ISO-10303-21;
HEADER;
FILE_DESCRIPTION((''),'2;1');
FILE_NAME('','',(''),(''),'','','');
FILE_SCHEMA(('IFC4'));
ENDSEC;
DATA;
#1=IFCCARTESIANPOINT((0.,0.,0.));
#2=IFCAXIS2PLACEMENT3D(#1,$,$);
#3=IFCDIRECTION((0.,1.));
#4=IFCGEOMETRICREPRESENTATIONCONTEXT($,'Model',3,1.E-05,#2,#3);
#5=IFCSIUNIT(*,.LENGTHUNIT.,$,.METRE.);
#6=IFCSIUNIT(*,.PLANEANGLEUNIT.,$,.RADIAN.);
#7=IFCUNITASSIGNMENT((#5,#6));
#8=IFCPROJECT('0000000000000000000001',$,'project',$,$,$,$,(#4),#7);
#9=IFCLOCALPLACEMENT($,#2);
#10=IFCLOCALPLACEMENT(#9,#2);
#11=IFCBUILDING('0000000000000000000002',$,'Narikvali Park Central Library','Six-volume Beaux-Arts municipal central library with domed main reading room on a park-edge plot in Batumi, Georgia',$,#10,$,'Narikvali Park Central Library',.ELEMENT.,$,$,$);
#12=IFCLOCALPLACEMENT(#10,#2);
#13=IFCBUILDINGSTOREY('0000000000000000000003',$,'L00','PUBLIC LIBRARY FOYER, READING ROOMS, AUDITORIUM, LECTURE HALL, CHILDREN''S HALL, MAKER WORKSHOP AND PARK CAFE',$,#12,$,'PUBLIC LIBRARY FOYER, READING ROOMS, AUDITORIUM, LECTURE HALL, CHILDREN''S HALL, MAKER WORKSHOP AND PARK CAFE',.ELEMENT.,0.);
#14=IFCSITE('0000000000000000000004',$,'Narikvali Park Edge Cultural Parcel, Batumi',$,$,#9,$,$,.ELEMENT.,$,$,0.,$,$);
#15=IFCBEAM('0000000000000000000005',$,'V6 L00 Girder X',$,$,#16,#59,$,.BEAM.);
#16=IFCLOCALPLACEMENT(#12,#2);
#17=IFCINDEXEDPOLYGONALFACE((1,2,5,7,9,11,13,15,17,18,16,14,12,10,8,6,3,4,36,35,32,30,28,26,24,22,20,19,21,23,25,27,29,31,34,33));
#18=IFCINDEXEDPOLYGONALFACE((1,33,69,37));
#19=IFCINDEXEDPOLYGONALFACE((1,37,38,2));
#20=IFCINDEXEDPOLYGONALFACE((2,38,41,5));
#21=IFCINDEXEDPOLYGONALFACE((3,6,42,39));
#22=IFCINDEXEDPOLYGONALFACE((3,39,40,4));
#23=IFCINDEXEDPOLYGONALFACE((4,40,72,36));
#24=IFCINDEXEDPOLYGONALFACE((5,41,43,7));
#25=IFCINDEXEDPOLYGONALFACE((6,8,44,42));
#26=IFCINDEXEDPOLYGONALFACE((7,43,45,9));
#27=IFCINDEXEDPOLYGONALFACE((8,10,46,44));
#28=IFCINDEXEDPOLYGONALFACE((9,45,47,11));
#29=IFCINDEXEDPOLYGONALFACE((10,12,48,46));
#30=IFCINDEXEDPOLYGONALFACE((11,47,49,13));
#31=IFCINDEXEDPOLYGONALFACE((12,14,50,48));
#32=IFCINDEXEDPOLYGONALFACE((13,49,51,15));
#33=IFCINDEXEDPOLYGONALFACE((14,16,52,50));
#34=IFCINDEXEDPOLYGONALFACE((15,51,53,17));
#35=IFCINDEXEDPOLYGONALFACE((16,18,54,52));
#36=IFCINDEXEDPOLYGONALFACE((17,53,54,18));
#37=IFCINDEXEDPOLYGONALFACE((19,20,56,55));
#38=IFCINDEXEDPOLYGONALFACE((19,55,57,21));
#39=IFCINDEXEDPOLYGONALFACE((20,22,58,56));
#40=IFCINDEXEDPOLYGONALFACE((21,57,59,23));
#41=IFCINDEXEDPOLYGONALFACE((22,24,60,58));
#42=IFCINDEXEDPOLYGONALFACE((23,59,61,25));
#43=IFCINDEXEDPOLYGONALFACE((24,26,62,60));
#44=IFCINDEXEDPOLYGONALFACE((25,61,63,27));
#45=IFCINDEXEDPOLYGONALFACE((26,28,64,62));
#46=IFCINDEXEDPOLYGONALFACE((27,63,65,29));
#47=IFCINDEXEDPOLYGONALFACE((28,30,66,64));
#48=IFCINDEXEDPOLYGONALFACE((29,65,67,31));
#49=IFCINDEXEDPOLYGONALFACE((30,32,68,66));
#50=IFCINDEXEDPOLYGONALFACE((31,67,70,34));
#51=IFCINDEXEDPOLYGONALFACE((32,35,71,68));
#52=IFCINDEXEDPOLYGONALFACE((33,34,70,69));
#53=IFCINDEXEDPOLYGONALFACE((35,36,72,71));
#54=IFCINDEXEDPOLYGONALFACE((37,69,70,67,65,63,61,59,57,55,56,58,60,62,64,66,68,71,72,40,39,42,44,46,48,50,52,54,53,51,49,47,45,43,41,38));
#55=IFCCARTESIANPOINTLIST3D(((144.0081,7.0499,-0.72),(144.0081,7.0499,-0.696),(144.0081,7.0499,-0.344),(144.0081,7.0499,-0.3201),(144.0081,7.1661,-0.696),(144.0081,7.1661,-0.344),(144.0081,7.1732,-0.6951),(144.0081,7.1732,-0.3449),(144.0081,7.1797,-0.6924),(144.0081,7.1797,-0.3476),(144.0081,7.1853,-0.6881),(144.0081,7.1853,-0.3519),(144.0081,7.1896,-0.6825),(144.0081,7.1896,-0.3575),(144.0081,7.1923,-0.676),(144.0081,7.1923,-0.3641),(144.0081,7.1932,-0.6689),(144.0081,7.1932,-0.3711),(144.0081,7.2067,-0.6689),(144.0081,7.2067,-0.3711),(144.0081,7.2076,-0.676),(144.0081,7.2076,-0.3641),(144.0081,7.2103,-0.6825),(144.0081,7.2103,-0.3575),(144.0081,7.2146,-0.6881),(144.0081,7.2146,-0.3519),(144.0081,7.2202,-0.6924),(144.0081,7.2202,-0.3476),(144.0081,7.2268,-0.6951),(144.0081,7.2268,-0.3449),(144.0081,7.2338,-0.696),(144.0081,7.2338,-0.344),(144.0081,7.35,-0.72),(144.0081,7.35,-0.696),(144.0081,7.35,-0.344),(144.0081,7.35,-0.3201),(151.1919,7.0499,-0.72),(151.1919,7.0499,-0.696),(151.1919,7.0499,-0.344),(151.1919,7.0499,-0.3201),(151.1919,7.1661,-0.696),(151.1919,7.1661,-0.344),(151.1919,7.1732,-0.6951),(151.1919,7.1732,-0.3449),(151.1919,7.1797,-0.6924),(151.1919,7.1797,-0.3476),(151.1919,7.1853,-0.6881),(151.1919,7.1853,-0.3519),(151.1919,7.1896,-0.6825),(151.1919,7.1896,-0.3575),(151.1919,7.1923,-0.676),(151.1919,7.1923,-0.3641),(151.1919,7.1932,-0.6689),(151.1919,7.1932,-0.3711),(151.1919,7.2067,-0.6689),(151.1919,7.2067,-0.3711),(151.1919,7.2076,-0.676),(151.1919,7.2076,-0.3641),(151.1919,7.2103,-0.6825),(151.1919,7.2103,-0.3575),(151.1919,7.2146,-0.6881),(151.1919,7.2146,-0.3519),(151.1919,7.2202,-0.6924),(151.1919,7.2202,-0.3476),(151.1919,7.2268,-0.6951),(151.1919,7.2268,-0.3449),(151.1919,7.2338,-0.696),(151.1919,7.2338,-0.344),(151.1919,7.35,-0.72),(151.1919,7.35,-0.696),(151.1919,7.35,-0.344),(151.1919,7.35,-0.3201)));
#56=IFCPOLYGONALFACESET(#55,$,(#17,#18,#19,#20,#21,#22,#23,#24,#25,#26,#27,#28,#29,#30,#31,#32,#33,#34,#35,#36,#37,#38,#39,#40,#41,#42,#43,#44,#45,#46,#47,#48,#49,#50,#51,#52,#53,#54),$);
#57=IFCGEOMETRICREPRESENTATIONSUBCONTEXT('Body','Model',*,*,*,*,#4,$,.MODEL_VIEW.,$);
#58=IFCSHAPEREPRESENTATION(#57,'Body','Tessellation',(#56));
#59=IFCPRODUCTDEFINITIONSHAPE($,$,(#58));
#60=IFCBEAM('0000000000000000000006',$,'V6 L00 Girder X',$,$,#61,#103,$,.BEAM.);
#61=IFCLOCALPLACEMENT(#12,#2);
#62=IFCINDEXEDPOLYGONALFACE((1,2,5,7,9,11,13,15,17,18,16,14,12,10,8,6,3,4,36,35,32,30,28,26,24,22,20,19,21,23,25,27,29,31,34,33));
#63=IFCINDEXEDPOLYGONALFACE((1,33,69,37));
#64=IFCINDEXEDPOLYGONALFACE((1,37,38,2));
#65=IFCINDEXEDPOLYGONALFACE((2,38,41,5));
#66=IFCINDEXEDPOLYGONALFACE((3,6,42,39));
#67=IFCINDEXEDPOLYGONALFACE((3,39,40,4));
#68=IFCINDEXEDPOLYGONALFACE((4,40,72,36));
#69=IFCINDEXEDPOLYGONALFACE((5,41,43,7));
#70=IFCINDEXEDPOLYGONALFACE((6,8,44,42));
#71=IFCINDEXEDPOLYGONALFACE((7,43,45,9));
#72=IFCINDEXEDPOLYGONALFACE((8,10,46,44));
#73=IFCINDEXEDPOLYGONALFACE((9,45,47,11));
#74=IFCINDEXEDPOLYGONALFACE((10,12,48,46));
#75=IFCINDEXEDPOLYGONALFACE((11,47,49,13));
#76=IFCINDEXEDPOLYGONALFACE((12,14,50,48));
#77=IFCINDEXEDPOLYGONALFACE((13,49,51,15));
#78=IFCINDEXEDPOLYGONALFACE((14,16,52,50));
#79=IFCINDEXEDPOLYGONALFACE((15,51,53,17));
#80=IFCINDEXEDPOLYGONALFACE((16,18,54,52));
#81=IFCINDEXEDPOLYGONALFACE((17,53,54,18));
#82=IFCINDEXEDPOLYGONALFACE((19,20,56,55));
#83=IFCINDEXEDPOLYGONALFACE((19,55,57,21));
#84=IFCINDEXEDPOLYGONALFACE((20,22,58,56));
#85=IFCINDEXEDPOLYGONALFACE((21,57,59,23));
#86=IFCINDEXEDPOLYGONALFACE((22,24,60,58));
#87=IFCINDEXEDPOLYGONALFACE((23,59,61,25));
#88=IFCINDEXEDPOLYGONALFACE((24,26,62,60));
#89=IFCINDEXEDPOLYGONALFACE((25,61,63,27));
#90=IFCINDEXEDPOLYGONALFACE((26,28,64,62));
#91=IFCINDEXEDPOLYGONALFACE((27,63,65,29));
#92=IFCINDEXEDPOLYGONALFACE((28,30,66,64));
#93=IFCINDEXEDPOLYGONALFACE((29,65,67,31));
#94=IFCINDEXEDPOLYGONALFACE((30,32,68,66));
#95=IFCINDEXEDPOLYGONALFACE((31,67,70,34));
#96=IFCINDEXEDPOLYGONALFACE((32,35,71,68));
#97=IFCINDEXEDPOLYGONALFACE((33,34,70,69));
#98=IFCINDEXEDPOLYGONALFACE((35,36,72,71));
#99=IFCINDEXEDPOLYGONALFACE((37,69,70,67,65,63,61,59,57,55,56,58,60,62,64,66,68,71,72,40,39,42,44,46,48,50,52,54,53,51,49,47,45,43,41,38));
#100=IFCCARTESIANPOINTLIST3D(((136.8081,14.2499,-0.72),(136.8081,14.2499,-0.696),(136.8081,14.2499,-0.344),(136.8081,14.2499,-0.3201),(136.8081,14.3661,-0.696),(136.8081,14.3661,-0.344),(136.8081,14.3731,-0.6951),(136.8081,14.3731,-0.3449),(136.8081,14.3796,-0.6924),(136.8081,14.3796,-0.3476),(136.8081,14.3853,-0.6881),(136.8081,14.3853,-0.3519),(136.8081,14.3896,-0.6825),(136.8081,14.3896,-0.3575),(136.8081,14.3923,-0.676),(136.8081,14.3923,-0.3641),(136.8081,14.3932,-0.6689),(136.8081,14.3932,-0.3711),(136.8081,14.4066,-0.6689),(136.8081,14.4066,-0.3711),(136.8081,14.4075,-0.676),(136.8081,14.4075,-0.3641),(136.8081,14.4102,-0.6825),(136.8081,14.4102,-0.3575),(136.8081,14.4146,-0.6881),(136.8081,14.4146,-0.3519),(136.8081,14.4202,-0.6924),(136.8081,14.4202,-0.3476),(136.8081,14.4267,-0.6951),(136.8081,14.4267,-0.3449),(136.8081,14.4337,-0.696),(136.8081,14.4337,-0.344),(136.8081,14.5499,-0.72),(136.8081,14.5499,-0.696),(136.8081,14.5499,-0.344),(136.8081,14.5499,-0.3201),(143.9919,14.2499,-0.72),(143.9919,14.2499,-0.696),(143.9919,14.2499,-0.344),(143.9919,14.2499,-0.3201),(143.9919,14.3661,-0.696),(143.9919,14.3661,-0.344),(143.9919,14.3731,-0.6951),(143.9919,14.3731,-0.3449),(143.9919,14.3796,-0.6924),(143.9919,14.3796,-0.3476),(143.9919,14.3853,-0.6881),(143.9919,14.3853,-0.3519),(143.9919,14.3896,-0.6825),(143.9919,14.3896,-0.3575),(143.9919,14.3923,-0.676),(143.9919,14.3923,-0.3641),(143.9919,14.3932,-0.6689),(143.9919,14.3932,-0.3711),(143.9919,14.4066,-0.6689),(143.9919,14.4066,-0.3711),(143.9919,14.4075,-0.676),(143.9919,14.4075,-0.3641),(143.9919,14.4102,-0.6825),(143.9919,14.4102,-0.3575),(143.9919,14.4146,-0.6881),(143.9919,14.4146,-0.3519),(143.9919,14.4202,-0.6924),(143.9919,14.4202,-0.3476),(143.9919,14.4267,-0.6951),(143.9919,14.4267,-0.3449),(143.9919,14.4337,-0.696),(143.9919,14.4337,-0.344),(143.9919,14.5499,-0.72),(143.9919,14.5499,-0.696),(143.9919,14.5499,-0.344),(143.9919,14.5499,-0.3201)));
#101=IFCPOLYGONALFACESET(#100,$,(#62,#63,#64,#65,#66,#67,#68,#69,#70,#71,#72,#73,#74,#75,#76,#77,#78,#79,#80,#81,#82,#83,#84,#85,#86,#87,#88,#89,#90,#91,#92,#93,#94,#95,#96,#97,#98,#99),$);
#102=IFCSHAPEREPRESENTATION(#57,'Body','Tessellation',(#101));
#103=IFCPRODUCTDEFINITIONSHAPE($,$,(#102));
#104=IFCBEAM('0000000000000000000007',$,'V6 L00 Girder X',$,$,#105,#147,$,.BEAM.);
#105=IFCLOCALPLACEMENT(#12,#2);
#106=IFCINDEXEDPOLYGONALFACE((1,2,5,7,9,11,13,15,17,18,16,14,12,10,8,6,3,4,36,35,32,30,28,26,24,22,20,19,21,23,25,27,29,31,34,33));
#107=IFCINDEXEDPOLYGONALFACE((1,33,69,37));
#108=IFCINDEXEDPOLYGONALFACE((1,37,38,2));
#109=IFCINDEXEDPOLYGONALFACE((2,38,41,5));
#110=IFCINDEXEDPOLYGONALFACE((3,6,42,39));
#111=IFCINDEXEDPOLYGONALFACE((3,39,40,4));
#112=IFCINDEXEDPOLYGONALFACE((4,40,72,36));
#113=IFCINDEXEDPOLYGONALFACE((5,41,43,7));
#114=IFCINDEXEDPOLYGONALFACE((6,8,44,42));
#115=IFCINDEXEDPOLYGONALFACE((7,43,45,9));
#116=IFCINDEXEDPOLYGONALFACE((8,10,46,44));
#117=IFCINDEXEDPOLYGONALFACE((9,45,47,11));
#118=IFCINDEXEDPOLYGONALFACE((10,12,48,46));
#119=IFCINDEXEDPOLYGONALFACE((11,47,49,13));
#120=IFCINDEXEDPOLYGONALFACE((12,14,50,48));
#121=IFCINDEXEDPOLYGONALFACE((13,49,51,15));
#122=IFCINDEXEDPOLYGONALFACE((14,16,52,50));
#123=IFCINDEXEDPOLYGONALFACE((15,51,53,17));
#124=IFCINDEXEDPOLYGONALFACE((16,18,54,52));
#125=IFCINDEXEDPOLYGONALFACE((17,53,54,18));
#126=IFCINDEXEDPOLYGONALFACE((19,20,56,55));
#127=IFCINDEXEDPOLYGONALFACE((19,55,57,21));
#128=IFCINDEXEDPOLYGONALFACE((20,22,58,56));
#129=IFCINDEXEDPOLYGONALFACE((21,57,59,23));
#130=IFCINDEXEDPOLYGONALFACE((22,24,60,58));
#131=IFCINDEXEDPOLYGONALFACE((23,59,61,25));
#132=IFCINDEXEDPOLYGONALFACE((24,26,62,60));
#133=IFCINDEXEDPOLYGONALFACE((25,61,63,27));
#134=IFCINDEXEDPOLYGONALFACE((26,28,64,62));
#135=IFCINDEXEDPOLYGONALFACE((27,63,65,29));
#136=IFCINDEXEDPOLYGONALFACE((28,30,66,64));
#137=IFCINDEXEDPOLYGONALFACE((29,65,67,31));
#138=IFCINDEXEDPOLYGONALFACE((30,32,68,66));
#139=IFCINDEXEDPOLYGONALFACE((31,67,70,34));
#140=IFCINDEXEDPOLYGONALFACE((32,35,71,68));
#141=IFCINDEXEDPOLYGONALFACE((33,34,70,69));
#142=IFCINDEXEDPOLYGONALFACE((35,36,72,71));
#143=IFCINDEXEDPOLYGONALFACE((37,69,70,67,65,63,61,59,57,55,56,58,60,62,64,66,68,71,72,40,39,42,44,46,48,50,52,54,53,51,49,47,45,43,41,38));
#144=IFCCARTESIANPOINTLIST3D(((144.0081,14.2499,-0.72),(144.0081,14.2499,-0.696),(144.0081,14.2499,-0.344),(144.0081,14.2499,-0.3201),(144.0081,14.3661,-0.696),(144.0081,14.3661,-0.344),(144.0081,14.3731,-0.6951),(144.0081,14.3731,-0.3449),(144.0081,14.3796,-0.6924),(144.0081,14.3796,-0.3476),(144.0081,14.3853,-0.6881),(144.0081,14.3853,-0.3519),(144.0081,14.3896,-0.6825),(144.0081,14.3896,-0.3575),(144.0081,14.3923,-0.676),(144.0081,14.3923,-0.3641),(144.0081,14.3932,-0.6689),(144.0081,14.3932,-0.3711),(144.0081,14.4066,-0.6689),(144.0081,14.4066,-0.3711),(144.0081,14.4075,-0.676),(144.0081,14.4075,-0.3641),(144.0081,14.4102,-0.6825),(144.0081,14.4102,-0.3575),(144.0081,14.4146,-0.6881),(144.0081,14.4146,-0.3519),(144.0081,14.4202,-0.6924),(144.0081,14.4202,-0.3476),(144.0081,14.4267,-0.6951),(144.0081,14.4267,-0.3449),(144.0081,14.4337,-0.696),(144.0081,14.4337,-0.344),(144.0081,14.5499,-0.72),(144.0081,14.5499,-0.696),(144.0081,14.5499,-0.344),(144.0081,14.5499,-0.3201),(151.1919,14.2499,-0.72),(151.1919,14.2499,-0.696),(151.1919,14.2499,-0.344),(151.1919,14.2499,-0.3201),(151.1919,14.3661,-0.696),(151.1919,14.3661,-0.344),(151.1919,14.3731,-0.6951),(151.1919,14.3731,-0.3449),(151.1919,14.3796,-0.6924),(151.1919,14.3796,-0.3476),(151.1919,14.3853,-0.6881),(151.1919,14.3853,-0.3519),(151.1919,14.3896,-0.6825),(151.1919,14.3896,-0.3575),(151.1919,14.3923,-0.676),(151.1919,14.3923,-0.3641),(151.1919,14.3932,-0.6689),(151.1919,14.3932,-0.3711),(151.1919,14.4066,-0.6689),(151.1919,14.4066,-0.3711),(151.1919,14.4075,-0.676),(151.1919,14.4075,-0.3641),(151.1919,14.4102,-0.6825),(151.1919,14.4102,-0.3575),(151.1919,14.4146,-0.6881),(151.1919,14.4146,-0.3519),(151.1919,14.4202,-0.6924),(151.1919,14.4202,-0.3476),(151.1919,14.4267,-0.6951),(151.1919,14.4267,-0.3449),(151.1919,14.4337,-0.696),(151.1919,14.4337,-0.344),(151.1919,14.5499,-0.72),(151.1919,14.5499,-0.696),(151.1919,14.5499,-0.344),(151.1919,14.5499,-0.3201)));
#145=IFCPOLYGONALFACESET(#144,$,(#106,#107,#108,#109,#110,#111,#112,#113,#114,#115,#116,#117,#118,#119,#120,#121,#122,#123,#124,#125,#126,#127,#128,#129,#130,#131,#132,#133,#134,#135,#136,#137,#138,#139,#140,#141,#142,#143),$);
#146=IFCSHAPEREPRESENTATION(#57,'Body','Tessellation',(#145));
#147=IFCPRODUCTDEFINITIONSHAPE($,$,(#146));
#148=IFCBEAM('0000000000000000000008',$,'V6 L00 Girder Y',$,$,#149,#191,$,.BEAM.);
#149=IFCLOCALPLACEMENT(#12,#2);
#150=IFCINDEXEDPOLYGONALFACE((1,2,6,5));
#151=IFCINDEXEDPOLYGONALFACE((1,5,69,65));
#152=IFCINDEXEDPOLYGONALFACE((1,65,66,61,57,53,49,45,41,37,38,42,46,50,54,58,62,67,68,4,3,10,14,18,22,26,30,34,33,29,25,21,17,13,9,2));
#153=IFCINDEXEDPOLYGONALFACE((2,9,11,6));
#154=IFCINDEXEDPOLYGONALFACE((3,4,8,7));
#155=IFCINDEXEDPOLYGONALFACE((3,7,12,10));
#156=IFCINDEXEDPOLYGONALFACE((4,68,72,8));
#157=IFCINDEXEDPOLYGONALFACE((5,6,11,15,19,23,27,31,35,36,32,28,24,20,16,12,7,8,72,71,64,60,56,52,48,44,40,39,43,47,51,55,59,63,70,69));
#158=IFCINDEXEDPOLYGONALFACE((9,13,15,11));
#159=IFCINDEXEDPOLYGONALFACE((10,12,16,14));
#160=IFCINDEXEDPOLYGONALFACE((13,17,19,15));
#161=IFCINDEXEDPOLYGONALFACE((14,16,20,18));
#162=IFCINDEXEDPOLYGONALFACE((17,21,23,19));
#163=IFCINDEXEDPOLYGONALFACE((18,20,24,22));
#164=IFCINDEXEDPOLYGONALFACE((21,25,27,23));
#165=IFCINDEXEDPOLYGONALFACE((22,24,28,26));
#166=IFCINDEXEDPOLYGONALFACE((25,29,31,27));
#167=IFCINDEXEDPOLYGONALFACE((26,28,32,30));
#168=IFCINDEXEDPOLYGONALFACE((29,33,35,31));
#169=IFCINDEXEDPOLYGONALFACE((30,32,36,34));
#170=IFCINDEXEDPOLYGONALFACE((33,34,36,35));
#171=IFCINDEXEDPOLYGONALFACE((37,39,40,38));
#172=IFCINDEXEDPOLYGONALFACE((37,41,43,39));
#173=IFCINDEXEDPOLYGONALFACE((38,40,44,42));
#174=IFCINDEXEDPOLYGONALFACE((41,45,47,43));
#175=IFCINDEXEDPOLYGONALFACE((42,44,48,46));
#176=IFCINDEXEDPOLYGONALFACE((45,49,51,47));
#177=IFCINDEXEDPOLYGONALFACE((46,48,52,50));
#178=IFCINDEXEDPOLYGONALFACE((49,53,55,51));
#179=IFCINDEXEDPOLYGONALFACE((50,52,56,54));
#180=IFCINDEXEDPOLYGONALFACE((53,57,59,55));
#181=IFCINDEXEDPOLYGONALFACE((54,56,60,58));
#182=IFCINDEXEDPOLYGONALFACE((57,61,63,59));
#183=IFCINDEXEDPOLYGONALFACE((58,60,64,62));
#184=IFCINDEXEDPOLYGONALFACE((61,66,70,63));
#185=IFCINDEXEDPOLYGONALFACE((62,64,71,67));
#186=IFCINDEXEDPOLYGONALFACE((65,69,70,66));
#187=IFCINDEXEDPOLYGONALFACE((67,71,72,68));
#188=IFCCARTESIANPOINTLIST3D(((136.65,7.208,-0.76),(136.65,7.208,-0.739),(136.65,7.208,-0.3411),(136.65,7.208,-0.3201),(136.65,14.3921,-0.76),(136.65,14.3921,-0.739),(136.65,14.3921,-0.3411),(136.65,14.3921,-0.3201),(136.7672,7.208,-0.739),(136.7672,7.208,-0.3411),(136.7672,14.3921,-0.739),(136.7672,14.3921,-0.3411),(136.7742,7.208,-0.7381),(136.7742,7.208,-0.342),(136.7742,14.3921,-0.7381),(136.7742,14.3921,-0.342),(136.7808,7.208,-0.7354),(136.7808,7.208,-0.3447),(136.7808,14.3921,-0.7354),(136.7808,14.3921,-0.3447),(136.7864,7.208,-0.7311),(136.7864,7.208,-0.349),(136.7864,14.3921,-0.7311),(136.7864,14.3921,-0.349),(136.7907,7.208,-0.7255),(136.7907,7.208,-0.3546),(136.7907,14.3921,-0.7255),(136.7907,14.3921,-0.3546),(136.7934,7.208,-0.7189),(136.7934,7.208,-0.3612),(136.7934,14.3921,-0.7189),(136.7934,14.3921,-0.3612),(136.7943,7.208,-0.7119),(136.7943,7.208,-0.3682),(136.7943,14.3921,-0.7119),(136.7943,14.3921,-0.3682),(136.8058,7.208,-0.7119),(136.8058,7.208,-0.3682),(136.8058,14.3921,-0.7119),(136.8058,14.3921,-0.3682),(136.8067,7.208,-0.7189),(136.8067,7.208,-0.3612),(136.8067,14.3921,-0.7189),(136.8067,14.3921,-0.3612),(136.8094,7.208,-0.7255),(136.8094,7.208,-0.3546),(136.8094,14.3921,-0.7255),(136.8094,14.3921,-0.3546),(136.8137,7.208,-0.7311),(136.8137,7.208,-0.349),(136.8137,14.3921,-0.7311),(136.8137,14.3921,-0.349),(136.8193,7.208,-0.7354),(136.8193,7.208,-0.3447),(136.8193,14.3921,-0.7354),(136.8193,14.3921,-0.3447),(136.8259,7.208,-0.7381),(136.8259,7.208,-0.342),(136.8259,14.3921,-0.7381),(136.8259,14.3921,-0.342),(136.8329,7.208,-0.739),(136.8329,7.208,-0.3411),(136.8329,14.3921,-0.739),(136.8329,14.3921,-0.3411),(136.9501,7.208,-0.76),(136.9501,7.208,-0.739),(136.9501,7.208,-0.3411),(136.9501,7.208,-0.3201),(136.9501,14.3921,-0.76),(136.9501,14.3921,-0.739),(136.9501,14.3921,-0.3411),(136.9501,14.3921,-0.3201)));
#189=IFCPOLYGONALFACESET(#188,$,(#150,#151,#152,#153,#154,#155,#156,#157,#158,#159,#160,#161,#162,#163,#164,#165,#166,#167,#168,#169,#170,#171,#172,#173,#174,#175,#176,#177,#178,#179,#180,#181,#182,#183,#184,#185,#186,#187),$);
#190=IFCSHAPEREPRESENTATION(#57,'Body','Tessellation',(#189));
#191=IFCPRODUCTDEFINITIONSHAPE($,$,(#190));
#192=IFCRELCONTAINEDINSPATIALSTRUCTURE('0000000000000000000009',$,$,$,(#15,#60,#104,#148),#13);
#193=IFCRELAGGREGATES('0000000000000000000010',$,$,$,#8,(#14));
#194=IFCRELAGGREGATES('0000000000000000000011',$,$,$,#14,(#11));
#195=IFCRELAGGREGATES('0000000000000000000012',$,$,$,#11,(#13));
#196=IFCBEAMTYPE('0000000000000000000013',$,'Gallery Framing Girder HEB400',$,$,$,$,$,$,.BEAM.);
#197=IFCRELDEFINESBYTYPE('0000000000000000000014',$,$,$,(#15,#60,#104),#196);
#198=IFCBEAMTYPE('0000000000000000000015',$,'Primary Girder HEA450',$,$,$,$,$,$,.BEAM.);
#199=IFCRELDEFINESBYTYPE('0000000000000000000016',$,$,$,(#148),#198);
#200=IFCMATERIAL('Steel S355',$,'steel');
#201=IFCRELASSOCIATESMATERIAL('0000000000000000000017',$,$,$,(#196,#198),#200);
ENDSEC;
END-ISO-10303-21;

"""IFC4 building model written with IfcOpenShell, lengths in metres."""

from ifc_helpers import new_model, si_unit, direction, frame, origin, origin_2d, place, context, subcontext, project, spatial, i_section, extrude, material, material_profile, profile_set, type_object, element, save


model = new_model("IFC4")

# Units and contexts
model_context = context("Model", 3, precision=1e-05, world=origin(), true_north=direction((0.0, 1.0)))
body_context = subcontext(model_context, "Body", "Model", "MODEL_VIEW")
ifc_project = project(units=[si_unit("LENGTHUNIT", "METRE"), si_unit("PLANEANGLEUNIT", "RADIAN")], contexts=[model_context])

# Site, building, storey
site_placement = place(None, origin())
site = spatial("IfcSite", under=ifc_project, at=site_placement, Name="Narikvali Park Edge Cultural Parcel, Batumi", CompositionType="ELEMENT", RefElevation=0.0)
building_placement = place(site_placement, origin())
building = spatial("IfcBuilding", under=site, at=building_placement, Name="Narikvali Park Central Library", Description="Six-volume Beaux-Arts municipal central library with domed main reading room on a park-edge plot in Batumi, Georgia", LongName="Narikvali Park Central Library", CompositionType="ELEMENT")
storey_placement = place(building_placement, origin())
storey = spatial("IfcBuildingStorey", under=building, at=storey_placement, Name="L00", Description="PUBLIC LIBRARY FOYER, READING ROOMS, AUDITORIUM, LECTURE HALL, CHILDREN'S HALL, MAKER WORKSHOP AND PARK CAFE", LongName="PUBLIC LIBRARY FOYER, READING ROOMS, AUDITORIUM, LECTURE HALL, CHILDREN'S HALL, MAKER WORKSHOP AND PARK CAFE", CompositionType="ELEMENT", Elevation=0.0)

# Shared definitions
ifc_material_1 = material(Name="Steel S355", Category="steel")

# Beams
ifc_material_profile_1 = material_profile(ifc_material_1, i_section(OverallWidth=0.3, OverallDepth=0.3999, WebThickness=0.0134, FlangeThickness=0.0239, FilletRadius=0.0271, at=origin_2d()), Name="HEB 400")
ifc_profile_set_1 = profile_set([ifc_material_profile_1], Name="Steel S355")
beam_type_1 = type_object("IfcBeamType", Name="Gallery Framing Girder HEB400", PredefinedType="BEAM", material=ifc_profile_set_1)
for number, where, z_axis, x_axis, name in (
    (1, (144.0081, 7.2, -0.52), (1.0, 0.0, 0.0), (0.0, 1.0, 0.0), "V6 L00 Girder X"),
    (2, (136.8081, 14.3999, -0.52), (1.0, 0.0, 0.0), (0.0, 1.0, 0.0), "V6 L00 Girder X"),
    (3, (144.0081, 14.3999, -0.52), (1.0, 0.0, 0.0), (0.0, 1.0, 0.0), "V6 L00 Girder X"),
):
    element("IfcBeam", number, at=place(storey_placement, frame(where, z_axis=z_axis, x_axis=x_axis)), inside=storey, type_object=beam_type_1, Name=name, PredefinedType="BEAM", context=body_context, shape_type="SweptSolid", body=[
        extrude(i_section(OverallWidth=0.3, OverallDepth=0.3999, WebThickness=0.0134, FlangeThickness=0.0239, FilletRadius=0.0271, at=origin_2d()), origin(), (0.0, 0.0, 1.0), 7.1838),
    ])
ifc_material_profile_2 = material_profile(ifc_material_1, i_section(OverallWidth=0.3, OverallDepth=0.4399, WebThickness=0.0115, FlangeThickness=0.021, FilletRadius=0.0271, at=origin_2d()), Name="HEA 450")
ifc_profile_set_2 = profile_set([ifc_material_profile_2], Name="Steel S355")
beam_type_2 = type_object("IfcBeamType", Name="Primary Girder HEA450", PredefinedType="BEAM", material=ifc_profile_set_2)
for number, where, z_axis, x_axis, name in (
    (4, (136.8, 7.208, -0.54), (0.0, 1.0, 0.0), (-1.0, 0.0, 0.0), "V6 L00 Girder Y"),
):
    element("IfcBeam", number, at=place(storey_placement, frame(where, z_axis=z_axis, x_axis=x_axis)), inside=storey, type_object=beam_type_2, Name=name, PredefinedType="BEAM", context=body_context, shape_type="SweptSolid", body=[
        extrude(i_section(OverallWidth=0.3, OverallDepth=0.4399, WebThickness=0.0115, FlangeThickness=0.021, FilletRadius=0.0271, at=origin_2d()), origin(), (0.0, 0.0, 1.0), 7.1841),
    ])

save(model, "model.ifc")
